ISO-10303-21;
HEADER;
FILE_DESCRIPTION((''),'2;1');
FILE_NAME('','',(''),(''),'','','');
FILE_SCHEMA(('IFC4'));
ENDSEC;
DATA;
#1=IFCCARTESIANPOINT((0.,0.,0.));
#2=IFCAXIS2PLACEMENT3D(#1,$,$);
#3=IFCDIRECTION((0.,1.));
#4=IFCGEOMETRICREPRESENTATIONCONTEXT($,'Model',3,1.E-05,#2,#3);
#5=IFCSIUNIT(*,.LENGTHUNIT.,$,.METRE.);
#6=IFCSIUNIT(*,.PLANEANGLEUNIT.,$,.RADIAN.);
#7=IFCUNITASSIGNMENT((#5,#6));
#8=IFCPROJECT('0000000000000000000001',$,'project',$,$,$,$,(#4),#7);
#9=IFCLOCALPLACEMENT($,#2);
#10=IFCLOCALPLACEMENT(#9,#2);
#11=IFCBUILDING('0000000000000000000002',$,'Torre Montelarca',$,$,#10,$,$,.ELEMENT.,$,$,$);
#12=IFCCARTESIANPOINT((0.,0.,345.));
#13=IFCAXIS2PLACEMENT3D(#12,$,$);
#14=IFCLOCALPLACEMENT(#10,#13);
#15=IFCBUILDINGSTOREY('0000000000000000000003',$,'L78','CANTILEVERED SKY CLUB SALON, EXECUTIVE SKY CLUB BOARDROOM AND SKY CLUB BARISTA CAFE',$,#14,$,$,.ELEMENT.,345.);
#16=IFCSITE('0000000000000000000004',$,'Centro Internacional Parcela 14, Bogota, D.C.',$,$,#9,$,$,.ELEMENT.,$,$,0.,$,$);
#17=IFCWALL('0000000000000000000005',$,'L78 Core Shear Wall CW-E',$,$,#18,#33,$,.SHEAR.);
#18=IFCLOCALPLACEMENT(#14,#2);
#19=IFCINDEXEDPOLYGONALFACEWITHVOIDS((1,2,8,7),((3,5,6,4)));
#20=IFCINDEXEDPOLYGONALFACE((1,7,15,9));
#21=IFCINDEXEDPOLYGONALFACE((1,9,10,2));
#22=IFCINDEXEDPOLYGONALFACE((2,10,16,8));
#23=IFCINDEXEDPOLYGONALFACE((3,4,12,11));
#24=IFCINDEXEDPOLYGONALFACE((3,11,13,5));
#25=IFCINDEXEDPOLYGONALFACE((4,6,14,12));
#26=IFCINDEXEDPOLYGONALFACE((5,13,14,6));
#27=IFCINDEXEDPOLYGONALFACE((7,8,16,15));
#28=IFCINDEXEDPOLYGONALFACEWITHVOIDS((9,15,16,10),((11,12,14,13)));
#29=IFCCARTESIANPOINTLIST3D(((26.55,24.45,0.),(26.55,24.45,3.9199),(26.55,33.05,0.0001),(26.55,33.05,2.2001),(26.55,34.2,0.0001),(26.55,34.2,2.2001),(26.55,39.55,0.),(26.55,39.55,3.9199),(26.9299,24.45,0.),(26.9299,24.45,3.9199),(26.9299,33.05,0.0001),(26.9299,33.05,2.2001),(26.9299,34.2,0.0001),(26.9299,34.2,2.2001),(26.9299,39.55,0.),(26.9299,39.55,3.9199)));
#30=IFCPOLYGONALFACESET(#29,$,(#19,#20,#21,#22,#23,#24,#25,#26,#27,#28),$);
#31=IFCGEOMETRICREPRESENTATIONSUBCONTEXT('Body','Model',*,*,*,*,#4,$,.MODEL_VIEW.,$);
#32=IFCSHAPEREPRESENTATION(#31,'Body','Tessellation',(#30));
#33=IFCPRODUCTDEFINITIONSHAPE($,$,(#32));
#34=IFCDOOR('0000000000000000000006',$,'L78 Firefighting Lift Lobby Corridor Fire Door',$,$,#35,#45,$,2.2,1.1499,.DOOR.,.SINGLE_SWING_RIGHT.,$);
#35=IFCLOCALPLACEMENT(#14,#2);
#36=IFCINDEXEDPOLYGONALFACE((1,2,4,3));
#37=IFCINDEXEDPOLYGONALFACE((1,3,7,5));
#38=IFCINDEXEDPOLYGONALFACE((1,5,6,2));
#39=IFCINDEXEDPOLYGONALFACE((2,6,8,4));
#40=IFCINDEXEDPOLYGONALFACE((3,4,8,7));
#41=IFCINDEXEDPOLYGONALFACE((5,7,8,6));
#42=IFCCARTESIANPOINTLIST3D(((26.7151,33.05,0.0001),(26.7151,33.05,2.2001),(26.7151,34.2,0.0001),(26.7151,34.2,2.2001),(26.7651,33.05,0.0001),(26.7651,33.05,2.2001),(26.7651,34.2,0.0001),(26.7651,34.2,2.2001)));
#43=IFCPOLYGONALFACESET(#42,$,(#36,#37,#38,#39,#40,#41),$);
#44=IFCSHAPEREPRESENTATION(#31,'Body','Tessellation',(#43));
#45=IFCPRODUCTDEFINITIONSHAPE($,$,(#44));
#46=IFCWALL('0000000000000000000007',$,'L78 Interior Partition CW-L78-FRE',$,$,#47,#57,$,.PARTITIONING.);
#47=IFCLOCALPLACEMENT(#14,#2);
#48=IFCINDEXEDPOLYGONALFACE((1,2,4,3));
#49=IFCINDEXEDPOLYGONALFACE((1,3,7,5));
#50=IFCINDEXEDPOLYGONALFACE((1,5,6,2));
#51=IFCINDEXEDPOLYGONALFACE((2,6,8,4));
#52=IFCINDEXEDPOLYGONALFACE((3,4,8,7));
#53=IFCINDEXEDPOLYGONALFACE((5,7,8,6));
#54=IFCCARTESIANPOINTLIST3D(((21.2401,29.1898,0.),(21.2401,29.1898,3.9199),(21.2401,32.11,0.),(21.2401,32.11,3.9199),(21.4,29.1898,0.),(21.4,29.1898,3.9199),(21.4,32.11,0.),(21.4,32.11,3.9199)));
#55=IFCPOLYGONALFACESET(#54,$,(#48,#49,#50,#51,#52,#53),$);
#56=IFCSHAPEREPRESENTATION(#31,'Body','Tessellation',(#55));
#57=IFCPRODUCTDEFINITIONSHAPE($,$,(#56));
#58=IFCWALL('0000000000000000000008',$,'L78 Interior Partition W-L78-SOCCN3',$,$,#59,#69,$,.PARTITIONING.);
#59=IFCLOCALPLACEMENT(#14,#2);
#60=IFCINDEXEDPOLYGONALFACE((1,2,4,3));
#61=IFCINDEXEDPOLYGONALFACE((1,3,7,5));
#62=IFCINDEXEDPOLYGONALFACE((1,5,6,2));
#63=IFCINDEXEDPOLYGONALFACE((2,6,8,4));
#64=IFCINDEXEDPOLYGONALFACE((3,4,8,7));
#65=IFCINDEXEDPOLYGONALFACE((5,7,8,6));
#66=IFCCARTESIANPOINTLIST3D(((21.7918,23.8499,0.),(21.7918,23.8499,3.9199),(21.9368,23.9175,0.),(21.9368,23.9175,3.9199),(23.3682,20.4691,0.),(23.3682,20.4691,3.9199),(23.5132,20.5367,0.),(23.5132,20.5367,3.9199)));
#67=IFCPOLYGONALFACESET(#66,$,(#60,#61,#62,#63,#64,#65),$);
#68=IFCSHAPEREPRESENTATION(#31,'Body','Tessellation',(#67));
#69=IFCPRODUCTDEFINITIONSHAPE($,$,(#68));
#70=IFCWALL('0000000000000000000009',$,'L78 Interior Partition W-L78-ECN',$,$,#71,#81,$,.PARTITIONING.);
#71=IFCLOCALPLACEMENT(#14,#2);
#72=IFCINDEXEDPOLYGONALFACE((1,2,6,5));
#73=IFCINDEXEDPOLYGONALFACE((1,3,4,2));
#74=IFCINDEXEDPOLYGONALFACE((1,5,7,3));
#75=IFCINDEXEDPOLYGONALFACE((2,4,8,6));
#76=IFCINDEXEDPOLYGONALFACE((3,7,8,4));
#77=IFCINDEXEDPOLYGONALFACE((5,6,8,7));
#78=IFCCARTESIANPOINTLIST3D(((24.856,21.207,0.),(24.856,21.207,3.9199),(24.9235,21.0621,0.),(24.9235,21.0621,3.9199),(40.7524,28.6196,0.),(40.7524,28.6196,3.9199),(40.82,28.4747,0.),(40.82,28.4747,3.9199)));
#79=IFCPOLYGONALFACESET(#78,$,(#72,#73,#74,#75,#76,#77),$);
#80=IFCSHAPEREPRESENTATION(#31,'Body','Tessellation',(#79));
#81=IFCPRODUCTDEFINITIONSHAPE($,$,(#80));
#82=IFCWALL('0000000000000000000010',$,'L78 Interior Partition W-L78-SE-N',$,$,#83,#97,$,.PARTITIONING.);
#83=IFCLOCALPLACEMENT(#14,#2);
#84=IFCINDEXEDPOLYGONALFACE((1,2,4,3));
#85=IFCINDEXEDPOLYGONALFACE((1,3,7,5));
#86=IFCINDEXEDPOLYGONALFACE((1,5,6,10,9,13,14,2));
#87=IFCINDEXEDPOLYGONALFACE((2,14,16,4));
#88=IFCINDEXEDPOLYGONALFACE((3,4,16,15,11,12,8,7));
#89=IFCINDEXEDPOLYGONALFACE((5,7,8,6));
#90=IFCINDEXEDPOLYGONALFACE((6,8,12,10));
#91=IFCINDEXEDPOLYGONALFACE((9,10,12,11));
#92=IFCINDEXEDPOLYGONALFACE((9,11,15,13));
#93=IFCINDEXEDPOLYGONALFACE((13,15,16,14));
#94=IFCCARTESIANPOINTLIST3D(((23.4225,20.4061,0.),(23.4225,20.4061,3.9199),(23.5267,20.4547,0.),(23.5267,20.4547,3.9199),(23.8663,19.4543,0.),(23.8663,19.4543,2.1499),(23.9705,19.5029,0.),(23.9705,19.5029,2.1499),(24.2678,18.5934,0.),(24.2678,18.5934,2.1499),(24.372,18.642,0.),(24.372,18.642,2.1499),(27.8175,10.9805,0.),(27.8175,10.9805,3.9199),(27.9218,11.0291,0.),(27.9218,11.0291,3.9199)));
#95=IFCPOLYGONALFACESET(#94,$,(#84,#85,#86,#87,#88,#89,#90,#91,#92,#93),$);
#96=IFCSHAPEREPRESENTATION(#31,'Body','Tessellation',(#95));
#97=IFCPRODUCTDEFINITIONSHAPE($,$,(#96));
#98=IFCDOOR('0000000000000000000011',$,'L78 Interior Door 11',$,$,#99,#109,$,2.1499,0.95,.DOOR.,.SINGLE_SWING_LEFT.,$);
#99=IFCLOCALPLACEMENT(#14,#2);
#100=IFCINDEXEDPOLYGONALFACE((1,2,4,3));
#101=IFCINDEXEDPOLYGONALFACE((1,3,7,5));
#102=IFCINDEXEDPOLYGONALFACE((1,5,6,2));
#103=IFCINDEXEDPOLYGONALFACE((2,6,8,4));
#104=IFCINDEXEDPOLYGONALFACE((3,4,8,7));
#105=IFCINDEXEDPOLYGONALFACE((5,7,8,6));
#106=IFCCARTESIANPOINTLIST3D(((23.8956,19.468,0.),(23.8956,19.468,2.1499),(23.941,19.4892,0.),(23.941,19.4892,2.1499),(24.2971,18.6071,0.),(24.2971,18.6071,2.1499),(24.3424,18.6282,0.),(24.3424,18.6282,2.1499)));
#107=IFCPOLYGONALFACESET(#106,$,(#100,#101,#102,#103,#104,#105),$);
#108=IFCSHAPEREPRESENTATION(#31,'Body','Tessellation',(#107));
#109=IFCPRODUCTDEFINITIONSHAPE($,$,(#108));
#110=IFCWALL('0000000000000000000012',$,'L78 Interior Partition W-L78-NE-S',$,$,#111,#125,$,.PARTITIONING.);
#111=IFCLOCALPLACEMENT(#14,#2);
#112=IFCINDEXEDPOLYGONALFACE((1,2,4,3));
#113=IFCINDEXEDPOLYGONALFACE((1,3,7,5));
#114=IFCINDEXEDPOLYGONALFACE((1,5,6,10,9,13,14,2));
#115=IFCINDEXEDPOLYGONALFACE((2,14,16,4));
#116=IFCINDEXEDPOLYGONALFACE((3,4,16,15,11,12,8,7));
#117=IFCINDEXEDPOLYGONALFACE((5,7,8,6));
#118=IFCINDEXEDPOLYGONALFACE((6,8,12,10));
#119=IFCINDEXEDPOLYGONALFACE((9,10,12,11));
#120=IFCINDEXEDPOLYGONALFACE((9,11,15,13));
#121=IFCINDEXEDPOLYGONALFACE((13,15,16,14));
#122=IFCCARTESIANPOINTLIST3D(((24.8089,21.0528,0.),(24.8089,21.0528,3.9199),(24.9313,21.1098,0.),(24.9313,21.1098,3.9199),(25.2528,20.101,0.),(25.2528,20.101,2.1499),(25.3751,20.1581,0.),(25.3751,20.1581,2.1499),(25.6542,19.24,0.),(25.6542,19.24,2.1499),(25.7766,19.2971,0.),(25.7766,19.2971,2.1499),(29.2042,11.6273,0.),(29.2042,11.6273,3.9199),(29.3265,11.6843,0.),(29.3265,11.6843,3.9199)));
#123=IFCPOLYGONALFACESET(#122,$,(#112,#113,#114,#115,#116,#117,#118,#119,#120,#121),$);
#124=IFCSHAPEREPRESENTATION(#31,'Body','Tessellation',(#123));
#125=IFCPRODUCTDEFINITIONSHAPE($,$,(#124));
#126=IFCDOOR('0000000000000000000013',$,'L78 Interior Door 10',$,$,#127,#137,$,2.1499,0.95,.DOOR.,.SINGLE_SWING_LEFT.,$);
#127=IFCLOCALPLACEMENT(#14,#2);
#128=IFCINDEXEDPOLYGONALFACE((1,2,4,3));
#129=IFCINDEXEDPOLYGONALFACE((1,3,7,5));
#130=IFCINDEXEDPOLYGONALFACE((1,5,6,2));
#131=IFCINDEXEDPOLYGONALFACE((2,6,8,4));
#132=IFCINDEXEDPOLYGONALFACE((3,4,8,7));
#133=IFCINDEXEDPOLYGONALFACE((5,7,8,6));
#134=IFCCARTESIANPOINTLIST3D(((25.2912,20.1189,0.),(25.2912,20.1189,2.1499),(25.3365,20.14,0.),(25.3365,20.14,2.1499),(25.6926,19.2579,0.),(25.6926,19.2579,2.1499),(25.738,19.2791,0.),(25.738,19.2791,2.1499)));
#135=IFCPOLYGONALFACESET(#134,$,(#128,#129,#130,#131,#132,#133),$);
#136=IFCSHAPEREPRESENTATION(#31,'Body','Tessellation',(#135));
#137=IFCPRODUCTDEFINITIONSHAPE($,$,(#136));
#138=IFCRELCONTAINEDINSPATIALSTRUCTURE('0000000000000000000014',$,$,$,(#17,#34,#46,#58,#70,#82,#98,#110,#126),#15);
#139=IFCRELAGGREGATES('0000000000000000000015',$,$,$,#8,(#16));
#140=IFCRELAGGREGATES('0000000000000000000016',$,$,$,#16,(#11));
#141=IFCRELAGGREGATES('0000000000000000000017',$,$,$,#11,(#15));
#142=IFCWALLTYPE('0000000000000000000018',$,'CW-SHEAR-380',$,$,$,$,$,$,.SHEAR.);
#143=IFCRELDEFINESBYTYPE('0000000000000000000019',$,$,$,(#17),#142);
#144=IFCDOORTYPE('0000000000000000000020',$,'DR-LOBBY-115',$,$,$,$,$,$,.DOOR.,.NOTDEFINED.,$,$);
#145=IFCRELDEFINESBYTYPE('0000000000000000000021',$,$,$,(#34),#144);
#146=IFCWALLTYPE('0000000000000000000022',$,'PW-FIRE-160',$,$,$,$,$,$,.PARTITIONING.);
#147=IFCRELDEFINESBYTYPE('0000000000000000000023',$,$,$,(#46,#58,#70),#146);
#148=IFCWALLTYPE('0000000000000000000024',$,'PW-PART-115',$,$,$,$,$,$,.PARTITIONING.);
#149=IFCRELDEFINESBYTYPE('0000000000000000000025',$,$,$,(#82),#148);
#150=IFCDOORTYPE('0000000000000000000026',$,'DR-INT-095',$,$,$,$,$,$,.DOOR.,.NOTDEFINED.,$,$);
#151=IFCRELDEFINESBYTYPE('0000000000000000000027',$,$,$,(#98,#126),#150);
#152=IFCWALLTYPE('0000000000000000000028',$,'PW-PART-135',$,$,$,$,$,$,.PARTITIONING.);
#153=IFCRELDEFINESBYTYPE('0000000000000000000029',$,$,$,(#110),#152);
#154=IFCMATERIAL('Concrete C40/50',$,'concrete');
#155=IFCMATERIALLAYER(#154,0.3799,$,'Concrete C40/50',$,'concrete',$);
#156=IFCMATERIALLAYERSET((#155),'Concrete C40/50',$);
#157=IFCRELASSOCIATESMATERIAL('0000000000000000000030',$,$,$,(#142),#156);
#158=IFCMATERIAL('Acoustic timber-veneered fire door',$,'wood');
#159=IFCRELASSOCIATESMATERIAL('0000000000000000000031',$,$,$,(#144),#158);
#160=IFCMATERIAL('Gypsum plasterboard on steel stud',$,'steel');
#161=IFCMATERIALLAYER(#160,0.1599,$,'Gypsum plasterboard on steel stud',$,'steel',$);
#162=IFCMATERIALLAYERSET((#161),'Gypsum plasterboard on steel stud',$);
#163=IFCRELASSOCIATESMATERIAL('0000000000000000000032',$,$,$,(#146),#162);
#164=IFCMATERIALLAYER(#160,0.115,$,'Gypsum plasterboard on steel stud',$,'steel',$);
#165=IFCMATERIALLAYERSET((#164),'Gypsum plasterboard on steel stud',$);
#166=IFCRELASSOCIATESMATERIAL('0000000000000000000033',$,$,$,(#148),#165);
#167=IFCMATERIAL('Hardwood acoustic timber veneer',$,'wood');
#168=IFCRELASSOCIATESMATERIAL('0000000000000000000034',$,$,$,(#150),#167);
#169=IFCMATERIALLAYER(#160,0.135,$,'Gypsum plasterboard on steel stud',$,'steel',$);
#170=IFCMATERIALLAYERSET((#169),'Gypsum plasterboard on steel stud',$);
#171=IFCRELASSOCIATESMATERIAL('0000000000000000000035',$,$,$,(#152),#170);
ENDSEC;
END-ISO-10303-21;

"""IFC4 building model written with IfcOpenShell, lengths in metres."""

from ifc_helpers import new_model, si_unit, direction, frame, frame_2d, origin, place, context, subcontext, project, spatial, rectangle, extrude, source, transform, mapped, material, layer, layer_set, type_object, element, fill, save


model = new_model("IFC4")

# Units and contexts
model_context = context("Model", 3, precision=1e-05, world=origin(), true_north=direction((0.0, 1.0)))
body_context = subcontext(model_context, "Body", "Model", "MODEL_VIEW")
ifc_project = project(units=[si_unit("LENGTHUNIT", "METRE"), si_unit("PLANEANGLEUNIT", "RADIAN")], contexts=[model_context])

# Site, building, storey
site_placement = place(None, origin())
site = spatial("IfcSite", under=ifc_project, at=site_placement, Name="Centro Internacional Parcela 14, Bogota, D.C.", CompositionType="ELEMENT", RefElevation=0.0)
building_placement = place(site_placement, origin())
building = spatial("IfcBuilding", under=site, at=building_placement, Name="Torre Montelarca", CompositionType="ELEMENT")
storey_placement = place(building_placement, frame((0.0, 0.0, 345.0)))
storey = spatial("IfcBuildingStorey", under=building, at=storey_placement, Name="L78", Description="CANTILEVERED SKY CLUB SALON, EXECUTIVE SKY CLUB BOARDROOM AND SKY CLUB BARISTA CAFE", CompositionType="ELEMENT", Elevation=345.0)

# Shared definitions
ifc_material_1 = material(Name="Concrete C40/50", Category="concrete")

# Wall, opening, door
ifc_layer_1 = layer(ifc_material_1, 0.3799, Name="Concrete C40/50", Category="concrete")
ifc_layer_set_1 = layer_set([ifc_layer_1], Name="Concrete C40/50")
wall_type_1 = type_object("IfcWallType", Name="CW-SHEAR-380", PredefinedType="SHEAR", material=ifc_layer_set_1)
wall_1_placement = place(storey_placement, frame((26.74, 24.45, 0.0), z_axis=(0.0, 0.0, 1.0), x_axis=(0.0, 1.0, 0.0)))
wall_1 = element("IfcWall", 1, at=wall_1_placement, inside=storey, type_object=wall_type_1, Name="L78 Core Shear Wall CW-E", PredefinedType="SHEAR", context=body_context, shape_type="SweptSolid", body=[
    extrude(rectangle(XDim=15.1001, YDim=0.3799, at=frame_2d((7.55, 0.0))), origin(), (0.0, 0.0, 1.0), 3.9199),
])
opening_1_placement = place(wall_1_placement, frame((8.6001, 0.0, 0.0)))
opening_1 = element("IfcOpeningElement", 2, at=opening_1_placement, cuts=wall_1, PredefinedType="OPENING", context=body_context, shape_type="SweptSolid", body=[
    extrude(rectangle(XDim=1.1499, YDim=2.2, at=frame_2d((0.575, 1.1001))), frame((0.0, 0.2, 0.0), z_axis=(0.0, -1.0, 0.0), x_axis=(1.0, 0.0, 0.0)), (0.0, 0.0, 1.0), 0.3999),
])
ifc_material_2 = material(Name="Acoustic timber-veneered fire door", Category="wood")
door_type_1 = type_object("IfcDoorType", Name="DR-LOBBY-115", OperationType="NOTDEFINED", PredefinedType="DOOR", material=ifc_material_2)
shared_shape_1 = source(origin(), body_context, "Body", "SweptSolid", [
    extrude(rectangle(XDim=1.1499, YDim=2.2, at=frame_2d((0.575, 1.1001))), frame((0.0, 0.0249, 0.0), z_axis=(0.0, -1.0, 0.0), x_axis=(1.0, 0.0, 0.0)), (0.0, 0.0, 1.0), 0.05),
])
door_1_placement = place(opening_1_placement, origin())
door_1 = element("IfcDoor", 3, at=door_1_placement, inside=storey, type_object=door_type_1, Name="L78 Firefighting Lift Lobby Corridor Fire Door", OperationType="SINGLE_SWING_RIGHT", OverallHeight=2.2, OverallWidth=1.1499, PredefinedType="DOOR", context=body_context, shape_type="MappedRepresentation", body=[
    mapped(shared_shape_1, transform((0.0, 0.0, 0.0), scale=1.0)),
])
fill(opening_1, door_1)

# Walls
ifc_material_3 = material(Name="Gypsum plasterboard on steel stud", Category="steel")
ifc_layer_2 = layer(ifc_material_3, 0.1599, Name="Gypsum plasterboard on steel stud", Category="steel")
ifc_layer_set_2 = layer_set([ifc_layer_2], Name="Gypsum plasterboard on steel stud")
wall_type_2 = type_object("IfcWallType", Name="PW-FIRE-160", PredefinedType="PARTITIONING", material=ifc_layer_set_2)
wall_2_placement = place(storey_placement, frame((21.3201, 29.1899, 0.0), z_axis=(0.0, 0.0, 1.0), x_axis=(0.0, 1.0, 0.0)))
element("IfcWall", 4, at=wall_2_placement, inside=storey, type_object=wall_type_2, Name="L78 Interior Partition CW-L78-FRE", PredefinedType="PARTITIONING", context=body_context, shape_type="SweptSolid", body=[
    extrude(rectangle(XDim=2.9202, YDim=0.1599, at=frame_2d((1.46, 0.0))), origin(), (0.0, 0.0, 1.0), 3.9199),
])
wall_3_placement = place(storey_placement, frame((21.8643, 23.8838, 0.0), z_axis=(0.0, 0.0, 1.0), x_axis=(0.422595, -0.906319, 0.0)))
element("IfcWall", 5, at=wall_3_placement, inside=storey, type_object=wall_type_2, Name="L78 Interior Partition W-L78-SOCCN3", PredefinedType="PARTITIONING", context=body_context, shape_type="SweptSolid", body=[
    extrude(rectangle(XDim=3.7302, YDim=0.1599, at=frame_2d((1.8652, 0.0))), origin(), (0.0, 0.0, 1.0), 3.9199),
])
wall_4_placement = place(storey_placement, frame((24.8896, 21.1345, 0.0), z_axis=(0.0, 0.0, 1.0), x_axis=(0.906309, 0.422616, 0.0)))
element("IfcWall", 6, at=wall_4_placement, inside=storey, type_object=wall_type_2, Name="L78 Interior Partition W-L78-ECN", PredefinedType="PARTITIONING", context=body_context, shape_type="SweptSolid", body=[
    extrude(rectangle(XDim=17.5398, YDim=0.1599, at=frame_2d((8.77, 0.0))), origin(), (0.0, 0.0, 1.0), 3.9199),
])

# Walls, openings, doors
ifc_layer_3 = layer(ifc_material_3, 0.115, Name="Gypsum plasterboard on steel stud", Category="steel")
ifc_layer_set_3 = layer_set([ifc_layer_3], Name="Gypsum plasterboard on steel stud")
wall_type_3 = type_object("IfcWallType", Name="PW-PART-115", PredefinedType="PARTITIONING", material=ifc_layer_set_3)
wall_5_placement = place(storey_placement, frame((23.4746, 20.4304, 0.0), z_axis=(0.0, 0.0, 1.0), x_axis=(0.422604, -0.906314, 0.0)))
wall_5 = element("IfcWall", 7, at=wall_5_placement, inside=storey, type_object=wall_type_3, Name="L78 Interior Partition W-L78-SE-N", PredefinedType="PARTITIONING", context=body_context, shape_type="SweptSolid", body=[
    extrude(rectangle(XDim=10.3999, YDim=0.115, at=frame_2d((5.2, 0.0))), origin(), (0.0, 0.0, 1.0), 3.9199),
])
opening_2_placement = place(wall_5_placement, frame((1.05, 0.0, 0.0)))
opening_2 = element("IfcOpeningElement", 8, at=opening_2_placement, cuts=wall_5, PredefinedType="OPENING", context=body_context, shape_type="SweptSolid", body=[
    extrude(rectangle(XDim=0.95, YDim=2.1499, at=frame_2d((0.4751, 1.075))), frame((0.0, 0.0674, 0.0), z_axis=(0.0, -1.0, 0.0), x_axis=(1.0, 0.0, 0.0)), (0.0, 0.0, 1.0), 0.135),
])
ifc_material_4 = material(Name="Hardwood acoustic timber veneer", Category="wood")
door_type_2 = type_object("IfcDoorType", Name="DR-INT-095", OperationType="NOTDEFINED", PredefinedType="DOOR", material=ifc_material_4)
shared_shape_2 = source(origin(), body_context, "Body", "SweptSolid", [
    extrude(rectangle(XDim=0.95, YDim=2.1499, at=frame_2d((0.4751, 1.075))), frame((0.0, 0.0249, 0.0), z_axis=(0.0, -1.0, 0.0), x_axis=(1.0, 0.0, 0.0)), (0.0, 0.0, 1.0), 0.05),
])
door_2_placement = place(opening_2_placement, origin())
door_2 = element("IfcDoor", 9, at=door_2_placement, inside=storey, type_object=door_type_2, Name="L78 Interior Door 11", OperationType="SINGLE_SWING_LEFT", OverallHeight=2.1499, OverallWidth=0.95, PredefinedType="DOOR", context=body_context, shape_type="MappedRepresentation", body=[
    mapped(shared_shape_2, transform((0.0, 0.0, 0.0), scale=1.0)),
])
fill(opening_2, door_2)
ifc_layer_4 = layer(ifc_material_3, 0.135, Name="Gypsum plasterboard on steel stud", Category="steel")
ifc_layer_set_4 = layer_set([ifc_layer_4], Name="Gypsum plasterboard on steel stud")
wall_type_4 = type_object("IfcWallType", Name="PW-PART-135", PredefinedType="PARTITIONING", material=ifc_layer_set_4)
wall_6_placement = place(storey_placement, frame((24.8701, 21.0813, 0.0), z_axis=(0.0, 0.0, 1.0), x_axis=(0.422623, -0.906305, 0.0)))
wall_6 = element("IfcWall", 10, at=wall_6_placement, inside=storey, type_object=wall_type_4, Name="L78 Interior Partition W-L78-NE-S", PredefinedType="PARTITIONING", context=body_context, shape_type="SweptSolid", body=[
    extrude(rectangle(XDim=10.3999, YDim=0.135, at=frame_2d((5.2, 0.0))), origin(), (0.0, 0.0, 1.0), 3.9199),
])
opening_3_placement = place(wall_6_placement, frame((1.05, 0.0, 0.0)))
opening_3 = element("IfcOpeningElement", 11, at=opening_3_placement, cuts=wall_6, PredefinedType="OPENING", context=body_context, shape_type="SweptSolid", body=[
    extrude(rectangle(XDim=0.95, YDim=2.1499, at=frame_2d((0.4751, 1.075))), frame((0.0, 0.0776, 0.0), z_axis=(0.0, -1.0, 0.0), x_axis=(1.0, 0.0, 0.0)), (0.0, 0.0, 1.0), 0.155),
])
door_3_placement = place(opening_3_placement, origin())
door_3 = element("IfcDoor", 12, at=door_3_placement, inside=storey, type_object=door_type_2, Name="L78 Interior Door 10", OperationType="SINGLE_SWING_LEFT", OverallHeight=2.1499, OverallWidth=0.95, PredefinedType="DOOR", context=body_context, shape_type="MappedRepresentation", body=[
    mapped(shared_shape_2, transform((0.0, 0.0, 0.0), scale=1.0)),
])
fill(opening_3, door_3)

save(model, "model.ifc")
